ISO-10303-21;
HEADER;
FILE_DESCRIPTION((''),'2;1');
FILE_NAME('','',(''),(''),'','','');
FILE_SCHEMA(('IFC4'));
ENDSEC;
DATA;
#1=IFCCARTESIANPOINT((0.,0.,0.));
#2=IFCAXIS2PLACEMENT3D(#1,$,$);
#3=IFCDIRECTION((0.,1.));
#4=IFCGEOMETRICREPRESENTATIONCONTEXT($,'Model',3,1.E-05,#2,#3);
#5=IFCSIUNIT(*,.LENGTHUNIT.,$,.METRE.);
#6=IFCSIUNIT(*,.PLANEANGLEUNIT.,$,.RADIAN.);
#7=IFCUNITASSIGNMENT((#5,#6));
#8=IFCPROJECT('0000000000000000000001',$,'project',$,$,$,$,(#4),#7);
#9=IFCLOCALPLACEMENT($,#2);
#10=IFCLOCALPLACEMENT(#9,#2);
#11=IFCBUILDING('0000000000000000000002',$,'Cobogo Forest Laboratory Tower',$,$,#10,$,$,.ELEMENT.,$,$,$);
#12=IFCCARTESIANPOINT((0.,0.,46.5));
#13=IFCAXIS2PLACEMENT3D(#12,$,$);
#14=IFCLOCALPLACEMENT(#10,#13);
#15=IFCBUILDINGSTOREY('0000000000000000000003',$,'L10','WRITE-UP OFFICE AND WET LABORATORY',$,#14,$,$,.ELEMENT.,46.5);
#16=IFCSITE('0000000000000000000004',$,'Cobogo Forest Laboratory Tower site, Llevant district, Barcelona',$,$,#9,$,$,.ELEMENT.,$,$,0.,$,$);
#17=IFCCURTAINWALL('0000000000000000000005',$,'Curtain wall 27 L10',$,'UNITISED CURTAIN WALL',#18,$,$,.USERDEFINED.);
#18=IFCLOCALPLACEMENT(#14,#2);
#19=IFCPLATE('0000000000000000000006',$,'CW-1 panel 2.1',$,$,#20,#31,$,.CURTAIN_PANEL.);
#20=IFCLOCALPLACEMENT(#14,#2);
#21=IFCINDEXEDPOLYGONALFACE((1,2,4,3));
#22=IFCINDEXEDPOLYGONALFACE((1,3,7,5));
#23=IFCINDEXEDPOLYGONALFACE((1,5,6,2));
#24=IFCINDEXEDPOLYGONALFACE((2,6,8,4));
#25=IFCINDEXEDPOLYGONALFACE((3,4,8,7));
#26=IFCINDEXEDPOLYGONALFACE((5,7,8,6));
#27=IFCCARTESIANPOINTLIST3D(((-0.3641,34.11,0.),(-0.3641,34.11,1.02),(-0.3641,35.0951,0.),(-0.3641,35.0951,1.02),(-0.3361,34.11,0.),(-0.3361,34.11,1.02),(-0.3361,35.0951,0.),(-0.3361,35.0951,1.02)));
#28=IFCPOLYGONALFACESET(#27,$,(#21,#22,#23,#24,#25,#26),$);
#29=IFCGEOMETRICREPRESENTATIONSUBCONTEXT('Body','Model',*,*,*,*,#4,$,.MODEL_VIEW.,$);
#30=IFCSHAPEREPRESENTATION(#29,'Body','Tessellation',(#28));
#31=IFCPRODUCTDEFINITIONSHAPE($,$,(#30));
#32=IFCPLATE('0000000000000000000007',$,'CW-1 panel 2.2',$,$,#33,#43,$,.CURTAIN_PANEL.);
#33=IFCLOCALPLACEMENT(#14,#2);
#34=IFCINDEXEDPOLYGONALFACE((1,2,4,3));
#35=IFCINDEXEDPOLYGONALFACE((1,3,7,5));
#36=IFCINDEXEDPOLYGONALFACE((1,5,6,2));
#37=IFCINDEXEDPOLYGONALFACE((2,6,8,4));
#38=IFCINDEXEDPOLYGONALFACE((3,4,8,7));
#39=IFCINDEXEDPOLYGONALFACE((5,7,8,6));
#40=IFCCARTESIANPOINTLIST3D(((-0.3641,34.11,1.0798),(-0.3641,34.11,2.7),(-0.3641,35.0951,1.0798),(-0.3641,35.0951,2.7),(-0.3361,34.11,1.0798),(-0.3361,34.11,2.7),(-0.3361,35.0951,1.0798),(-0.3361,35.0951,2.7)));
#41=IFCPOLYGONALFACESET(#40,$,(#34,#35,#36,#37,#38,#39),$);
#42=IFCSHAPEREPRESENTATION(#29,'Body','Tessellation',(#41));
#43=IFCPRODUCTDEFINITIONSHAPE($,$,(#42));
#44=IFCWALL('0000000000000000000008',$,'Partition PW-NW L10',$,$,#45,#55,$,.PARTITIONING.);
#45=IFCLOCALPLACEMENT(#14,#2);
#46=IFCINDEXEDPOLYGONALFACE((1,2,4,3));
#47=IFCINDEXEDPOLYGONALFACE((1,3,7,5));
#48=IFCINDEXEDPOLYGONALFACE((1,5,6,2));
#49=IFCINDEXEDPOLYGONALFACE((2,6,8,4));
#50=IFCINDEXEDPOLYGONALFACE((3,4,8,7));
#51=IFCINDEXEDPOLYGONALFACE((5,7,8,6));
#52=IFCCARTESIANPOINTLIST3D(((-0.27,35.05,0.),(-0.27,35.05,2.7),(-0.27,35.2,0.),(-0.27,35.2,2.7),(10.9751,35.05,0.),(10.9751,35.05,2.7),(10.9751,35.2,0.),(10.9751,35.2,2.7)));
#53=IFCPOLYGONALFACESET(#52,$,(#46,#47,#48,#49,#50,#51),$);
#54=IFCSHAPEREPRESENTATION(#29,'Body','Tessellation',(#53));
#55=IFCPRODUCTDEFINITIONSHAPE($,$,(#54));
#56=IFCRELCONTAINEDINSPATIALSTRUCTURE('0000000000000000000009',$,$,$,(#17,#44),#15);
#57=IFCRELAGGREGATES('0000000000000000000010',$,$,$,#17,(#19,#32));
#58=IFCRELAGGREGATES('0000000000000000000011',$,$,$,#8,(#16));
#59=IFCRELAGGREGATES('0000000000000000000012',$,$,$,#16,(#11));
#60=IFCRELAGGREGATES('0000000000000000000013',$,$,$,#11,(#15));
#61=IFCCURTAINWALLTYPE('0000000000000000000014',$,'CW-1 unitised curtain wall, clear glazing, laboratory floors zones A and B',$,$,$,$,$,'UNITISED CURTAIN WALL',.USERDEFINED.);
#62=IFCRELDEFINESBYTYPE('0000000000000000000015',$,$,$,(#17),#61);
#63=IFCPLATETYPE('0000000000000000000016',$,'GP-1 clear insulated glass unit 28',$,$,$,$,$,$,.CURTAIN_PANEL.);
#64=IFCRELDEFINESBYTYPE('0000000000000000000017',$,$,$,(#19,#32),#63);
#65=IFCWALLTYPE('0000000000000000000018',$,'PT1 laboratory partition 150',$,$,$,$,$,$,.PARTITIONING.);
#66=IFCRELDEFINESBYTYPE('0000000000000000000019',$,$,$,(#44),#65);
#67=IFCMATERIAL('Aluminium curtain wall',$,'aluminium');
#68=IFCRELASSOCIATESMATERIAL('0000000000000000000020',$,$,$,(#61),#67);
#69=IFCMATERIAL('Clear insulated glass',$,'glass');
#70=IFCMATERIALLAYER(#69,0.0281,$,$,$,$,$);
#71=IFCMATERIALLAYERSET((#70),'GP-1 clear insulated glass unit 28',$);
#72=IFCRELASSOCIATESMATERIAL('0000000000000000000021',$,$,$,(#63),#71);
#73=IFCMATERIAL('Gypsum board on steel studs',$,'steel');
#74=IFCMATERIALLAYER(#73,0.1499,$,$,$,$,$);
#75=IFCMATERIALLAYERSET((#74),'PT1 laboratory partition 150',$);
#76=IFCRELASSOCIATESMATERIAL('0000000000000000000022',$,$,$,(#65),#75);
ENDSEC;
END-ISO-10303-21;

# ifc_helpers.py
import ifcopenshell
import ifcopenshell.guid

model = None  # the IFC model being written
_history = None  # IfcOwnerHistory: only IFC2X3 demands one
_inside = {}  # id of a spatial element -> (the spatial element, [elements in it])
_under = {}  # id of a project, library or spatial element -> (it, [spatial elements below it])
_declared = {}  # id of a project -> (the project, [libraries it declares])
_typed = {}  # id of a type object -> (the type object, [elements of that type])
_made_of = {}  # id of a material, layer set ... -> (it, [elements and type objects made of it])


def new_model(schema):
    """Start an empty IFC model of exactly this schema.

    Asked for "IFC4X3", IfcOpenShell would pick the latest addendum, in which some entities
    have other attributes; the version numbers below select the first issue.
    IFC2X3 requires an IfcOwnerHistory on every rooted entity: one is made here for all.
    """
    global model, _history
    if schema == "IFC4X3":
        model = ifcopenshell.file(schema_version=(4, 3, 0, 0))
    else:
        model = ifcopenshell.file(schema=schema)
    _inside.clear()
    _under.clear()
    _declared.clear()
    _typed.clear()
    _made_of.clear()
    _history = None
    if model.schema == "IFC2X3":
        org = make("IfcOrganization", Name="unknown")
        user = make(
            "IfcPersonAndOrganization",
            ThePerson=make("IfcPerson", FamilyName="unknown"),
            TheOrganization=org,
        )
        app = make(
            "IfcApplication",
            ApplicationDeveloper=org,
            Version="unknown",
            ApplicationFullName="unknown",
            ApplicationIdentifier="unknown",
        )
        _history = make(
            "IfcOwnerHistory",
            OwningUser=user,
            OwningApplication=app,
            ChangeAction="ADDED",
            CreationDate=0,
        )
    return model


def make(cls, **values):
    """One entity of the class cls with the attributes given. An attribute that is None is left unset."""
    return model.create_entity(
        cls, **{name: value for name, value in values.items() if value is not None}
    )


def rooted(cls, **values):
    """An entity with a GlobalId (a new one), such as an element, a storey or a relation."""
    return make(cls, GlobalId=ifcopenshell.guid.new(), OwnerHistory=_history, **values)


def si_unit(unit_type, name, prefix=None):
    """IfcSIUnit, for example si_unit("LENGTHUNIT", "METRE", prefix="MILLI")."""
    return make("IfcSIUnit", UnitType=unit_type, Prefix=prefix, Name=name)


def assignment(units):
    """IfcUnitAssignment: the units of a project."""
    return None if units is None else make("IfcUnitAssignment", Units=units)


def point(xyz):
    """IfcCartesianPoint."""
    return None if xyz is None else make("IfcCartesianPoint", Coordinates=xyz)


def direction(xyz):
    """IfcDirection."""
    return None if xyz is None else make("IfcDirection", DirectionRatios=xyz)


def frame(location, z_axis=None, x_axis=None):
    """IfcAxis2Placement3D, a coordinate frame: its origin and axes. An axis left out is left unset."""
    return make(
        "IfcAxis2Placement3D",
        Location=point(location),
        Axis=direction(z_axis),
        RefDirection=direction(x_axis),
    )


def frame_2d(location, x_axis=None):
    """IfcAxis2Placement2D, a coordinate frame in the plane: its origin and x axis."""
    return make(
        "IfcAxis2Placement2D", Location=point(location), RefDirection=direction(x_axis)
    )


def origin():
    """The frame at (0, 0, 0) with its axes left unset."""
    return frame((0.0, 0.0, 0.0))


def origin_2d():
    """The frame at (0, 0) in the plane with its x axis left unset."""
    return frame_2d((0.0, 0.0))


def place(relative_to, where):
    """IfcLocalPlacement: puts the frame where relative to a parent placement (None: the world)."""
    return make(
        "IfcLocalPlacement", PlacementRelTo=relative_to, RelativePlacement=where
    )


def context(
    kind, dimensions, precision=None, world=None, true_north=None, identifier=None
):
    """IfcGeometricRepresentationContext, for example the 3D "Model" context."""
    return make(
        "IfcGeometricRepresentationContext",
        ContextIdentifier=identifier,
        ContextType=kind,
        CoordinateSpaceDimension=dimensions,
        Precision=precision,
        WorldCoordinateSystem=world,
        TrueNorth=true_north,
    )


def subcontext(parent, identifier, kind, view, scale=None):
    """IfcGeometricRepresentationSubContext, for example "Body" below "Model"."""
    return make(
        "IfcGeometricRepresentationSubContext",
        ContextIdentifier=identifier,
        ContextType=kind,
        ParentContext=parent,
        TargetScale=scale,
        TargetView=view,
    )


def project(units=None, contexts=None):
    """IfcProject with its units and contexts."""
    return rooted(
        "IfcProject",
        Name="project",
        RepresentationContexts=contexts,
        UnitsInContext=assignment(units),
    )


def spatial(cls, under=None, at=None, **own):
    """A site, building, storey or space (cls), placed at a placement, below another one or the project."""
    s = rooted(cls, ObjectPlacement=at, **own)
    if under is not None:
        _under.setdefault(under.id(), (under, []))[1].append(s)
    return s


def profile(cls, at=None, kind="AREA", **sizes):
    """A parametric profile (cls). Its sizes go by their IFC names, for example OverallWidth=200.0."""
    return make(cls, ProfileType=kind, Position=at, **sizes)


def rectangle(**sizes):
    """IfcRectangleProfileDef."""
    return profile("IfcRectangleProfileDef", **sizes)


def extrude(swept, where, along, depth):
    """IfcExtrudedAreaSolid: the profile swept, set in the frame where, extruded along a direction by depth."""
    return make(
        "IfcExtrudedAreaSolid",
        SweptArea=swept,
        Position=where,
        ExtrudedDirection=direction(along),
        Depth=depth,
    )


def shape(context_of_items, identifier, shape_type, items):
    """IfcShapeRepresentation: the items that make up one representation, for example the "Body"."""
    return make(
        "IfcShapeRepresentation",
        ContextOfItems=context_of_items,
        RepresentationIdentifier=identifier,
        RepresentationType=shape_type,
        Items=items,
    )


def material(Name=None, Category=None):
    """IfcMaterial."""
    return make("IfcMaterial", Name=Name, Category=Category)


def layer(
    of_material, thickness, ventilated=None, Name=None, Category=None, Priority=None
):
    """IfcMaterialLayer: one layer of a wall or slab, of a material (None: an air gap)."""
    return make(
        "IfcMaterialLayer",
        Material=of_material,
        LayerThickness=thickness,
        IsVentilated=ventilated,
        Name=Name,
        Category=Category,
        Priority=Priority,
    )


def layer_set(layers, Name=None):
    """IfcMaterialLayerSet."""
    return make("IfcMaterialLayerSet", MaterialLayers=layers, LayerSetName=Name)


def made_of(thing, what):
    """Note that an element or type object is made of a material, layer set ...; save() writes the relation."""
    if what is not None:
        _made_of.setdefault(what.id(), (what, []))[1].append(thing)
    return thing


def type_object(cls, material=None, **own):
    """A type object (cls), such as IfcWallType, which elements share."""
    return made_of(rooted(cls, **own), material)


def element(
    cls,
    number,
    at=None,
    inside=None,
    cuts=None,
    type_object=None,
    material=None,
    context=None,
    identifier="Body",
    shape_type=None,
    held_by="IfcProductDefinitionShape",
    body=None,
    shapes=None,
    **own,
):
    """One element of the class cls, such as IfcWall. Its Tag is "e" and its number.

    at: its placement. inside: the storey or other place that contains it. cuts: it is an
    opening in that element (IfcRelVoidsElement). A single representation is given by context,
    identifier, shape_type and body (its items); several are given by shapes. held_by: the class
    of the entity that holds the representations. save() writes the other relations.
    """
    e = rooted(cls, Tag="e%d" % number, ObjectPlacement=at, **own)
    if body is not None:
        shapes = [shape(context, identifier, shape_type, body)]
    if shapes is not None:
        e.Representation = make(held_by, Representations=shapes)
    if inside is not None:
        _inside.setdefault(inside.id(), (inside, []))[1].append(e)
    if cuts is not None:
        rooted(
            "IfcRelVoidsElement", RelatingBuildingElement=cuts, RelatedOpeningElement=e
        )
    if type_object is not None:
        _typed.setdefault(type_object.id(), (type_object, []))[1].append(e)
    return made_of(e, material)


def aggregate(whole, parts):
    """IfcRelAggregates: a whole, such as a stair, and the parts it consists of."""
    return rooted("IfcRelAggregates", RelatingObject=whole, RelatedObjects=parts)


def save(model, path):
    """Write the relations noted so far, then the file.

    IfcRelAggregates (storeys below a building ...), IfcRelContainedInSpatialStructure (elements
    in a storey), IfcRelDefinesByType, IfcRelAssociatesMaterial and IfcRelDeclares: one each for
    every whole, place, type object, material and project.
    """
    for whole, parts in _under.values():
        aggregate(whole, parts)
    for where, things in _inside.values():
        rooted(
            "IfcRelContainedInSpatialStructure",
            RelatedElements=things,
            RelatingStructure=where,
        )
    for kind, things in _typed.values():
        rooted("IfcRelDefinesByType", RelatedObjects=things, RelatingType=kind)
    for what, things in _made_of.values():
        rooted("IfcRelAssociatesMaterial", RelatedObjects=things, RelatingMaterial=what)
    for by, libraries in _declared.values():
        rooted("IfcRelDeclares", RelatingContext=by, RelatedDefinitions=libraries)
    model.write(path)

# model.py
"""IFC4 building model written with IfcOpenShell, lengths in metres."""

from ifc_helpers import new_model, si_unit, direction, frame, frame_2d, origin, origin_2d, place, context, subcontext, project, spatial, rectangle, extrude, material, layer, layer_set, type_object, element, aggregate, save


model = new_model("IFC4")

# Units and contexts
model_context = context("Model", 3, precision=1e-05, world=origin(), true_north=direction((0.0, 1.0)))
body_context = subcontext(model_context, "Body", "Model", "MODEL_VIEW")
ifc_project = project(units=[si_unit("LENGTHUNIT", "METRE"), si_unit("PLANEANGLEUNIT", "RADIAN")], contexts=[model_context])

# Site, building, storey
site_placement = place(None, origin())
site = spatial("IfcSite", under=ifc_project, at=site_placement, Name="Cobogo Forest Laboratory Tower site, Llevant district, Barcelona", CompositionType="ELEMENT", RefElevation=0.0)
building_placement = place(site_placement, origin())
building = spatial("IfcBuilding", under=site, at=building_placement, Name="Cobogo Forest Laboratory Tower", CompositionType="ELEMENT")
storey_placement = place(building_placement, frame((0.0, 0.0, 46.5)))
storey = spatial("IfcBuildingStorey", under=building, at=storey_placement, Name="L10", Description="WRITE-UP OFFICE AND WET LABORATORY", CompositionType="ELEMENT", Elevation=46.5)

# Shared definitions
ifc_material_1 = material(Name="Aluminium curtain wall", Category="aluminium")
curtain_wall_type = type_object("IfcCurtainWallType", Name="CW-1 unitised curtain wall, clear glazing, laboratory floors zones A and B", ElementType="UNITISED CURTAIN WALL", PredefinedType="USERDEFINED", material=ifc_material_1)

# Curtain wall
curtain_wall_1_placement = place(storey_placement, origin())
curtain_wall_1 = element("IfcCurtainWall", 1, at=curtain_wall_1_placement, inside=storey, type_object=curtain_wall_type, Name="Curtain wall 27 L10", ObjectType="UNITISED CURTAIN WALL", PredefinedType="USERDEFINED")

# Plates
ifc_material_2 = material(Name="Clear insulated glass", Category="glass")
ifc_layer_1 = layer(ifc_material_2, 0.0281)
ifc_layer_set_1 = layer_set([ifc_layer_1], Name="GP-1 clear insulated glass unit 28")
plate_type_1 = type_object("IfcPlateType", Name="GP-1 clear insulated glass unit 28", PredefinedType="CURTAIN_PANEL", material=ifc_layer_set_1)
plate_1_placement = place(storey_placement, frame((-0.3501, 34.6025, 0.0), z_axis=(0.0, 0.0, 1.0), x_axis=(0.0, -1.0, 0.0)))
plate_1 = element("IfcPlate", 2, at=plate_1_placement, type_object=plate_type_1, Name="CW-1 panel 2.1", PredefinedType="CURTAIN_PANEL", context=body_context, shape_type="SweptSolid", body=[
    extrude(rectangle(XDim=0.9851, YDim=0.0281, at=origin_2d()), origin(), (0.0, 0.0, 1.0), 1.02),
])
plate_2_placement = place(storey_placement, frame((-0.3501, 34.6025, 1.0798), z_axis=(0.0, 0.0, 1.0), x_axis=(0.0, -1.0, 0.0)))
plate_2 = element("IfcPlate", 3, at=plate_2_placement, type_object=plate_type_1, Name="CW-1 panel 2.2", PredefinedType="CURTAIN_PANEL", context=body_context, shape_type="SweptSolid", body=[
    extrude(rectangle(XDim=0.9851, YDim=0.0281, at=origin_2d()), origin(), (0.0, 0.0, 1.0), 1.6201),
])
aggregate(curtain_wall_1, [plate_1, plate_2])

# Wall
ifc_material_3 = material(Name="Gypsum board on steel studs", Category="steel")
ifc_layer_2 = layer(ifc_material_3, 0.1499)
ifc_layer_set_2 = layer_set([ifc_layer_2], Name="PT1 laboratory partition 150")
wall_type = type_object("IfcWallType", Name="PT1 laboratory partition 150", PredefinedType="PARTITIONING", material=ifc_layer_set_2)
wall_placement = place(storey_placement, frame((-0.27, 35.125, 0.0), z_axis=(0.0, 0.0, 1.0), x_axis=(1.0, 0.0, 0.0)))
element("IfcWall", 4, at=wall_placement, inside=storey, type_object=wall_type, Name="Partition PW-NW L10", PredefinedType="PARTITIONING", context=body_context, shape_type="SweptSolid", body=[
    extrude(rectangle(XDim=11.2451, YDim=0.1499, at=frame_2d((5.6226, 0.0))), origin(), (0.0, 0.0, 1.0), 2.7),
])

save(model, "model.ifc")
